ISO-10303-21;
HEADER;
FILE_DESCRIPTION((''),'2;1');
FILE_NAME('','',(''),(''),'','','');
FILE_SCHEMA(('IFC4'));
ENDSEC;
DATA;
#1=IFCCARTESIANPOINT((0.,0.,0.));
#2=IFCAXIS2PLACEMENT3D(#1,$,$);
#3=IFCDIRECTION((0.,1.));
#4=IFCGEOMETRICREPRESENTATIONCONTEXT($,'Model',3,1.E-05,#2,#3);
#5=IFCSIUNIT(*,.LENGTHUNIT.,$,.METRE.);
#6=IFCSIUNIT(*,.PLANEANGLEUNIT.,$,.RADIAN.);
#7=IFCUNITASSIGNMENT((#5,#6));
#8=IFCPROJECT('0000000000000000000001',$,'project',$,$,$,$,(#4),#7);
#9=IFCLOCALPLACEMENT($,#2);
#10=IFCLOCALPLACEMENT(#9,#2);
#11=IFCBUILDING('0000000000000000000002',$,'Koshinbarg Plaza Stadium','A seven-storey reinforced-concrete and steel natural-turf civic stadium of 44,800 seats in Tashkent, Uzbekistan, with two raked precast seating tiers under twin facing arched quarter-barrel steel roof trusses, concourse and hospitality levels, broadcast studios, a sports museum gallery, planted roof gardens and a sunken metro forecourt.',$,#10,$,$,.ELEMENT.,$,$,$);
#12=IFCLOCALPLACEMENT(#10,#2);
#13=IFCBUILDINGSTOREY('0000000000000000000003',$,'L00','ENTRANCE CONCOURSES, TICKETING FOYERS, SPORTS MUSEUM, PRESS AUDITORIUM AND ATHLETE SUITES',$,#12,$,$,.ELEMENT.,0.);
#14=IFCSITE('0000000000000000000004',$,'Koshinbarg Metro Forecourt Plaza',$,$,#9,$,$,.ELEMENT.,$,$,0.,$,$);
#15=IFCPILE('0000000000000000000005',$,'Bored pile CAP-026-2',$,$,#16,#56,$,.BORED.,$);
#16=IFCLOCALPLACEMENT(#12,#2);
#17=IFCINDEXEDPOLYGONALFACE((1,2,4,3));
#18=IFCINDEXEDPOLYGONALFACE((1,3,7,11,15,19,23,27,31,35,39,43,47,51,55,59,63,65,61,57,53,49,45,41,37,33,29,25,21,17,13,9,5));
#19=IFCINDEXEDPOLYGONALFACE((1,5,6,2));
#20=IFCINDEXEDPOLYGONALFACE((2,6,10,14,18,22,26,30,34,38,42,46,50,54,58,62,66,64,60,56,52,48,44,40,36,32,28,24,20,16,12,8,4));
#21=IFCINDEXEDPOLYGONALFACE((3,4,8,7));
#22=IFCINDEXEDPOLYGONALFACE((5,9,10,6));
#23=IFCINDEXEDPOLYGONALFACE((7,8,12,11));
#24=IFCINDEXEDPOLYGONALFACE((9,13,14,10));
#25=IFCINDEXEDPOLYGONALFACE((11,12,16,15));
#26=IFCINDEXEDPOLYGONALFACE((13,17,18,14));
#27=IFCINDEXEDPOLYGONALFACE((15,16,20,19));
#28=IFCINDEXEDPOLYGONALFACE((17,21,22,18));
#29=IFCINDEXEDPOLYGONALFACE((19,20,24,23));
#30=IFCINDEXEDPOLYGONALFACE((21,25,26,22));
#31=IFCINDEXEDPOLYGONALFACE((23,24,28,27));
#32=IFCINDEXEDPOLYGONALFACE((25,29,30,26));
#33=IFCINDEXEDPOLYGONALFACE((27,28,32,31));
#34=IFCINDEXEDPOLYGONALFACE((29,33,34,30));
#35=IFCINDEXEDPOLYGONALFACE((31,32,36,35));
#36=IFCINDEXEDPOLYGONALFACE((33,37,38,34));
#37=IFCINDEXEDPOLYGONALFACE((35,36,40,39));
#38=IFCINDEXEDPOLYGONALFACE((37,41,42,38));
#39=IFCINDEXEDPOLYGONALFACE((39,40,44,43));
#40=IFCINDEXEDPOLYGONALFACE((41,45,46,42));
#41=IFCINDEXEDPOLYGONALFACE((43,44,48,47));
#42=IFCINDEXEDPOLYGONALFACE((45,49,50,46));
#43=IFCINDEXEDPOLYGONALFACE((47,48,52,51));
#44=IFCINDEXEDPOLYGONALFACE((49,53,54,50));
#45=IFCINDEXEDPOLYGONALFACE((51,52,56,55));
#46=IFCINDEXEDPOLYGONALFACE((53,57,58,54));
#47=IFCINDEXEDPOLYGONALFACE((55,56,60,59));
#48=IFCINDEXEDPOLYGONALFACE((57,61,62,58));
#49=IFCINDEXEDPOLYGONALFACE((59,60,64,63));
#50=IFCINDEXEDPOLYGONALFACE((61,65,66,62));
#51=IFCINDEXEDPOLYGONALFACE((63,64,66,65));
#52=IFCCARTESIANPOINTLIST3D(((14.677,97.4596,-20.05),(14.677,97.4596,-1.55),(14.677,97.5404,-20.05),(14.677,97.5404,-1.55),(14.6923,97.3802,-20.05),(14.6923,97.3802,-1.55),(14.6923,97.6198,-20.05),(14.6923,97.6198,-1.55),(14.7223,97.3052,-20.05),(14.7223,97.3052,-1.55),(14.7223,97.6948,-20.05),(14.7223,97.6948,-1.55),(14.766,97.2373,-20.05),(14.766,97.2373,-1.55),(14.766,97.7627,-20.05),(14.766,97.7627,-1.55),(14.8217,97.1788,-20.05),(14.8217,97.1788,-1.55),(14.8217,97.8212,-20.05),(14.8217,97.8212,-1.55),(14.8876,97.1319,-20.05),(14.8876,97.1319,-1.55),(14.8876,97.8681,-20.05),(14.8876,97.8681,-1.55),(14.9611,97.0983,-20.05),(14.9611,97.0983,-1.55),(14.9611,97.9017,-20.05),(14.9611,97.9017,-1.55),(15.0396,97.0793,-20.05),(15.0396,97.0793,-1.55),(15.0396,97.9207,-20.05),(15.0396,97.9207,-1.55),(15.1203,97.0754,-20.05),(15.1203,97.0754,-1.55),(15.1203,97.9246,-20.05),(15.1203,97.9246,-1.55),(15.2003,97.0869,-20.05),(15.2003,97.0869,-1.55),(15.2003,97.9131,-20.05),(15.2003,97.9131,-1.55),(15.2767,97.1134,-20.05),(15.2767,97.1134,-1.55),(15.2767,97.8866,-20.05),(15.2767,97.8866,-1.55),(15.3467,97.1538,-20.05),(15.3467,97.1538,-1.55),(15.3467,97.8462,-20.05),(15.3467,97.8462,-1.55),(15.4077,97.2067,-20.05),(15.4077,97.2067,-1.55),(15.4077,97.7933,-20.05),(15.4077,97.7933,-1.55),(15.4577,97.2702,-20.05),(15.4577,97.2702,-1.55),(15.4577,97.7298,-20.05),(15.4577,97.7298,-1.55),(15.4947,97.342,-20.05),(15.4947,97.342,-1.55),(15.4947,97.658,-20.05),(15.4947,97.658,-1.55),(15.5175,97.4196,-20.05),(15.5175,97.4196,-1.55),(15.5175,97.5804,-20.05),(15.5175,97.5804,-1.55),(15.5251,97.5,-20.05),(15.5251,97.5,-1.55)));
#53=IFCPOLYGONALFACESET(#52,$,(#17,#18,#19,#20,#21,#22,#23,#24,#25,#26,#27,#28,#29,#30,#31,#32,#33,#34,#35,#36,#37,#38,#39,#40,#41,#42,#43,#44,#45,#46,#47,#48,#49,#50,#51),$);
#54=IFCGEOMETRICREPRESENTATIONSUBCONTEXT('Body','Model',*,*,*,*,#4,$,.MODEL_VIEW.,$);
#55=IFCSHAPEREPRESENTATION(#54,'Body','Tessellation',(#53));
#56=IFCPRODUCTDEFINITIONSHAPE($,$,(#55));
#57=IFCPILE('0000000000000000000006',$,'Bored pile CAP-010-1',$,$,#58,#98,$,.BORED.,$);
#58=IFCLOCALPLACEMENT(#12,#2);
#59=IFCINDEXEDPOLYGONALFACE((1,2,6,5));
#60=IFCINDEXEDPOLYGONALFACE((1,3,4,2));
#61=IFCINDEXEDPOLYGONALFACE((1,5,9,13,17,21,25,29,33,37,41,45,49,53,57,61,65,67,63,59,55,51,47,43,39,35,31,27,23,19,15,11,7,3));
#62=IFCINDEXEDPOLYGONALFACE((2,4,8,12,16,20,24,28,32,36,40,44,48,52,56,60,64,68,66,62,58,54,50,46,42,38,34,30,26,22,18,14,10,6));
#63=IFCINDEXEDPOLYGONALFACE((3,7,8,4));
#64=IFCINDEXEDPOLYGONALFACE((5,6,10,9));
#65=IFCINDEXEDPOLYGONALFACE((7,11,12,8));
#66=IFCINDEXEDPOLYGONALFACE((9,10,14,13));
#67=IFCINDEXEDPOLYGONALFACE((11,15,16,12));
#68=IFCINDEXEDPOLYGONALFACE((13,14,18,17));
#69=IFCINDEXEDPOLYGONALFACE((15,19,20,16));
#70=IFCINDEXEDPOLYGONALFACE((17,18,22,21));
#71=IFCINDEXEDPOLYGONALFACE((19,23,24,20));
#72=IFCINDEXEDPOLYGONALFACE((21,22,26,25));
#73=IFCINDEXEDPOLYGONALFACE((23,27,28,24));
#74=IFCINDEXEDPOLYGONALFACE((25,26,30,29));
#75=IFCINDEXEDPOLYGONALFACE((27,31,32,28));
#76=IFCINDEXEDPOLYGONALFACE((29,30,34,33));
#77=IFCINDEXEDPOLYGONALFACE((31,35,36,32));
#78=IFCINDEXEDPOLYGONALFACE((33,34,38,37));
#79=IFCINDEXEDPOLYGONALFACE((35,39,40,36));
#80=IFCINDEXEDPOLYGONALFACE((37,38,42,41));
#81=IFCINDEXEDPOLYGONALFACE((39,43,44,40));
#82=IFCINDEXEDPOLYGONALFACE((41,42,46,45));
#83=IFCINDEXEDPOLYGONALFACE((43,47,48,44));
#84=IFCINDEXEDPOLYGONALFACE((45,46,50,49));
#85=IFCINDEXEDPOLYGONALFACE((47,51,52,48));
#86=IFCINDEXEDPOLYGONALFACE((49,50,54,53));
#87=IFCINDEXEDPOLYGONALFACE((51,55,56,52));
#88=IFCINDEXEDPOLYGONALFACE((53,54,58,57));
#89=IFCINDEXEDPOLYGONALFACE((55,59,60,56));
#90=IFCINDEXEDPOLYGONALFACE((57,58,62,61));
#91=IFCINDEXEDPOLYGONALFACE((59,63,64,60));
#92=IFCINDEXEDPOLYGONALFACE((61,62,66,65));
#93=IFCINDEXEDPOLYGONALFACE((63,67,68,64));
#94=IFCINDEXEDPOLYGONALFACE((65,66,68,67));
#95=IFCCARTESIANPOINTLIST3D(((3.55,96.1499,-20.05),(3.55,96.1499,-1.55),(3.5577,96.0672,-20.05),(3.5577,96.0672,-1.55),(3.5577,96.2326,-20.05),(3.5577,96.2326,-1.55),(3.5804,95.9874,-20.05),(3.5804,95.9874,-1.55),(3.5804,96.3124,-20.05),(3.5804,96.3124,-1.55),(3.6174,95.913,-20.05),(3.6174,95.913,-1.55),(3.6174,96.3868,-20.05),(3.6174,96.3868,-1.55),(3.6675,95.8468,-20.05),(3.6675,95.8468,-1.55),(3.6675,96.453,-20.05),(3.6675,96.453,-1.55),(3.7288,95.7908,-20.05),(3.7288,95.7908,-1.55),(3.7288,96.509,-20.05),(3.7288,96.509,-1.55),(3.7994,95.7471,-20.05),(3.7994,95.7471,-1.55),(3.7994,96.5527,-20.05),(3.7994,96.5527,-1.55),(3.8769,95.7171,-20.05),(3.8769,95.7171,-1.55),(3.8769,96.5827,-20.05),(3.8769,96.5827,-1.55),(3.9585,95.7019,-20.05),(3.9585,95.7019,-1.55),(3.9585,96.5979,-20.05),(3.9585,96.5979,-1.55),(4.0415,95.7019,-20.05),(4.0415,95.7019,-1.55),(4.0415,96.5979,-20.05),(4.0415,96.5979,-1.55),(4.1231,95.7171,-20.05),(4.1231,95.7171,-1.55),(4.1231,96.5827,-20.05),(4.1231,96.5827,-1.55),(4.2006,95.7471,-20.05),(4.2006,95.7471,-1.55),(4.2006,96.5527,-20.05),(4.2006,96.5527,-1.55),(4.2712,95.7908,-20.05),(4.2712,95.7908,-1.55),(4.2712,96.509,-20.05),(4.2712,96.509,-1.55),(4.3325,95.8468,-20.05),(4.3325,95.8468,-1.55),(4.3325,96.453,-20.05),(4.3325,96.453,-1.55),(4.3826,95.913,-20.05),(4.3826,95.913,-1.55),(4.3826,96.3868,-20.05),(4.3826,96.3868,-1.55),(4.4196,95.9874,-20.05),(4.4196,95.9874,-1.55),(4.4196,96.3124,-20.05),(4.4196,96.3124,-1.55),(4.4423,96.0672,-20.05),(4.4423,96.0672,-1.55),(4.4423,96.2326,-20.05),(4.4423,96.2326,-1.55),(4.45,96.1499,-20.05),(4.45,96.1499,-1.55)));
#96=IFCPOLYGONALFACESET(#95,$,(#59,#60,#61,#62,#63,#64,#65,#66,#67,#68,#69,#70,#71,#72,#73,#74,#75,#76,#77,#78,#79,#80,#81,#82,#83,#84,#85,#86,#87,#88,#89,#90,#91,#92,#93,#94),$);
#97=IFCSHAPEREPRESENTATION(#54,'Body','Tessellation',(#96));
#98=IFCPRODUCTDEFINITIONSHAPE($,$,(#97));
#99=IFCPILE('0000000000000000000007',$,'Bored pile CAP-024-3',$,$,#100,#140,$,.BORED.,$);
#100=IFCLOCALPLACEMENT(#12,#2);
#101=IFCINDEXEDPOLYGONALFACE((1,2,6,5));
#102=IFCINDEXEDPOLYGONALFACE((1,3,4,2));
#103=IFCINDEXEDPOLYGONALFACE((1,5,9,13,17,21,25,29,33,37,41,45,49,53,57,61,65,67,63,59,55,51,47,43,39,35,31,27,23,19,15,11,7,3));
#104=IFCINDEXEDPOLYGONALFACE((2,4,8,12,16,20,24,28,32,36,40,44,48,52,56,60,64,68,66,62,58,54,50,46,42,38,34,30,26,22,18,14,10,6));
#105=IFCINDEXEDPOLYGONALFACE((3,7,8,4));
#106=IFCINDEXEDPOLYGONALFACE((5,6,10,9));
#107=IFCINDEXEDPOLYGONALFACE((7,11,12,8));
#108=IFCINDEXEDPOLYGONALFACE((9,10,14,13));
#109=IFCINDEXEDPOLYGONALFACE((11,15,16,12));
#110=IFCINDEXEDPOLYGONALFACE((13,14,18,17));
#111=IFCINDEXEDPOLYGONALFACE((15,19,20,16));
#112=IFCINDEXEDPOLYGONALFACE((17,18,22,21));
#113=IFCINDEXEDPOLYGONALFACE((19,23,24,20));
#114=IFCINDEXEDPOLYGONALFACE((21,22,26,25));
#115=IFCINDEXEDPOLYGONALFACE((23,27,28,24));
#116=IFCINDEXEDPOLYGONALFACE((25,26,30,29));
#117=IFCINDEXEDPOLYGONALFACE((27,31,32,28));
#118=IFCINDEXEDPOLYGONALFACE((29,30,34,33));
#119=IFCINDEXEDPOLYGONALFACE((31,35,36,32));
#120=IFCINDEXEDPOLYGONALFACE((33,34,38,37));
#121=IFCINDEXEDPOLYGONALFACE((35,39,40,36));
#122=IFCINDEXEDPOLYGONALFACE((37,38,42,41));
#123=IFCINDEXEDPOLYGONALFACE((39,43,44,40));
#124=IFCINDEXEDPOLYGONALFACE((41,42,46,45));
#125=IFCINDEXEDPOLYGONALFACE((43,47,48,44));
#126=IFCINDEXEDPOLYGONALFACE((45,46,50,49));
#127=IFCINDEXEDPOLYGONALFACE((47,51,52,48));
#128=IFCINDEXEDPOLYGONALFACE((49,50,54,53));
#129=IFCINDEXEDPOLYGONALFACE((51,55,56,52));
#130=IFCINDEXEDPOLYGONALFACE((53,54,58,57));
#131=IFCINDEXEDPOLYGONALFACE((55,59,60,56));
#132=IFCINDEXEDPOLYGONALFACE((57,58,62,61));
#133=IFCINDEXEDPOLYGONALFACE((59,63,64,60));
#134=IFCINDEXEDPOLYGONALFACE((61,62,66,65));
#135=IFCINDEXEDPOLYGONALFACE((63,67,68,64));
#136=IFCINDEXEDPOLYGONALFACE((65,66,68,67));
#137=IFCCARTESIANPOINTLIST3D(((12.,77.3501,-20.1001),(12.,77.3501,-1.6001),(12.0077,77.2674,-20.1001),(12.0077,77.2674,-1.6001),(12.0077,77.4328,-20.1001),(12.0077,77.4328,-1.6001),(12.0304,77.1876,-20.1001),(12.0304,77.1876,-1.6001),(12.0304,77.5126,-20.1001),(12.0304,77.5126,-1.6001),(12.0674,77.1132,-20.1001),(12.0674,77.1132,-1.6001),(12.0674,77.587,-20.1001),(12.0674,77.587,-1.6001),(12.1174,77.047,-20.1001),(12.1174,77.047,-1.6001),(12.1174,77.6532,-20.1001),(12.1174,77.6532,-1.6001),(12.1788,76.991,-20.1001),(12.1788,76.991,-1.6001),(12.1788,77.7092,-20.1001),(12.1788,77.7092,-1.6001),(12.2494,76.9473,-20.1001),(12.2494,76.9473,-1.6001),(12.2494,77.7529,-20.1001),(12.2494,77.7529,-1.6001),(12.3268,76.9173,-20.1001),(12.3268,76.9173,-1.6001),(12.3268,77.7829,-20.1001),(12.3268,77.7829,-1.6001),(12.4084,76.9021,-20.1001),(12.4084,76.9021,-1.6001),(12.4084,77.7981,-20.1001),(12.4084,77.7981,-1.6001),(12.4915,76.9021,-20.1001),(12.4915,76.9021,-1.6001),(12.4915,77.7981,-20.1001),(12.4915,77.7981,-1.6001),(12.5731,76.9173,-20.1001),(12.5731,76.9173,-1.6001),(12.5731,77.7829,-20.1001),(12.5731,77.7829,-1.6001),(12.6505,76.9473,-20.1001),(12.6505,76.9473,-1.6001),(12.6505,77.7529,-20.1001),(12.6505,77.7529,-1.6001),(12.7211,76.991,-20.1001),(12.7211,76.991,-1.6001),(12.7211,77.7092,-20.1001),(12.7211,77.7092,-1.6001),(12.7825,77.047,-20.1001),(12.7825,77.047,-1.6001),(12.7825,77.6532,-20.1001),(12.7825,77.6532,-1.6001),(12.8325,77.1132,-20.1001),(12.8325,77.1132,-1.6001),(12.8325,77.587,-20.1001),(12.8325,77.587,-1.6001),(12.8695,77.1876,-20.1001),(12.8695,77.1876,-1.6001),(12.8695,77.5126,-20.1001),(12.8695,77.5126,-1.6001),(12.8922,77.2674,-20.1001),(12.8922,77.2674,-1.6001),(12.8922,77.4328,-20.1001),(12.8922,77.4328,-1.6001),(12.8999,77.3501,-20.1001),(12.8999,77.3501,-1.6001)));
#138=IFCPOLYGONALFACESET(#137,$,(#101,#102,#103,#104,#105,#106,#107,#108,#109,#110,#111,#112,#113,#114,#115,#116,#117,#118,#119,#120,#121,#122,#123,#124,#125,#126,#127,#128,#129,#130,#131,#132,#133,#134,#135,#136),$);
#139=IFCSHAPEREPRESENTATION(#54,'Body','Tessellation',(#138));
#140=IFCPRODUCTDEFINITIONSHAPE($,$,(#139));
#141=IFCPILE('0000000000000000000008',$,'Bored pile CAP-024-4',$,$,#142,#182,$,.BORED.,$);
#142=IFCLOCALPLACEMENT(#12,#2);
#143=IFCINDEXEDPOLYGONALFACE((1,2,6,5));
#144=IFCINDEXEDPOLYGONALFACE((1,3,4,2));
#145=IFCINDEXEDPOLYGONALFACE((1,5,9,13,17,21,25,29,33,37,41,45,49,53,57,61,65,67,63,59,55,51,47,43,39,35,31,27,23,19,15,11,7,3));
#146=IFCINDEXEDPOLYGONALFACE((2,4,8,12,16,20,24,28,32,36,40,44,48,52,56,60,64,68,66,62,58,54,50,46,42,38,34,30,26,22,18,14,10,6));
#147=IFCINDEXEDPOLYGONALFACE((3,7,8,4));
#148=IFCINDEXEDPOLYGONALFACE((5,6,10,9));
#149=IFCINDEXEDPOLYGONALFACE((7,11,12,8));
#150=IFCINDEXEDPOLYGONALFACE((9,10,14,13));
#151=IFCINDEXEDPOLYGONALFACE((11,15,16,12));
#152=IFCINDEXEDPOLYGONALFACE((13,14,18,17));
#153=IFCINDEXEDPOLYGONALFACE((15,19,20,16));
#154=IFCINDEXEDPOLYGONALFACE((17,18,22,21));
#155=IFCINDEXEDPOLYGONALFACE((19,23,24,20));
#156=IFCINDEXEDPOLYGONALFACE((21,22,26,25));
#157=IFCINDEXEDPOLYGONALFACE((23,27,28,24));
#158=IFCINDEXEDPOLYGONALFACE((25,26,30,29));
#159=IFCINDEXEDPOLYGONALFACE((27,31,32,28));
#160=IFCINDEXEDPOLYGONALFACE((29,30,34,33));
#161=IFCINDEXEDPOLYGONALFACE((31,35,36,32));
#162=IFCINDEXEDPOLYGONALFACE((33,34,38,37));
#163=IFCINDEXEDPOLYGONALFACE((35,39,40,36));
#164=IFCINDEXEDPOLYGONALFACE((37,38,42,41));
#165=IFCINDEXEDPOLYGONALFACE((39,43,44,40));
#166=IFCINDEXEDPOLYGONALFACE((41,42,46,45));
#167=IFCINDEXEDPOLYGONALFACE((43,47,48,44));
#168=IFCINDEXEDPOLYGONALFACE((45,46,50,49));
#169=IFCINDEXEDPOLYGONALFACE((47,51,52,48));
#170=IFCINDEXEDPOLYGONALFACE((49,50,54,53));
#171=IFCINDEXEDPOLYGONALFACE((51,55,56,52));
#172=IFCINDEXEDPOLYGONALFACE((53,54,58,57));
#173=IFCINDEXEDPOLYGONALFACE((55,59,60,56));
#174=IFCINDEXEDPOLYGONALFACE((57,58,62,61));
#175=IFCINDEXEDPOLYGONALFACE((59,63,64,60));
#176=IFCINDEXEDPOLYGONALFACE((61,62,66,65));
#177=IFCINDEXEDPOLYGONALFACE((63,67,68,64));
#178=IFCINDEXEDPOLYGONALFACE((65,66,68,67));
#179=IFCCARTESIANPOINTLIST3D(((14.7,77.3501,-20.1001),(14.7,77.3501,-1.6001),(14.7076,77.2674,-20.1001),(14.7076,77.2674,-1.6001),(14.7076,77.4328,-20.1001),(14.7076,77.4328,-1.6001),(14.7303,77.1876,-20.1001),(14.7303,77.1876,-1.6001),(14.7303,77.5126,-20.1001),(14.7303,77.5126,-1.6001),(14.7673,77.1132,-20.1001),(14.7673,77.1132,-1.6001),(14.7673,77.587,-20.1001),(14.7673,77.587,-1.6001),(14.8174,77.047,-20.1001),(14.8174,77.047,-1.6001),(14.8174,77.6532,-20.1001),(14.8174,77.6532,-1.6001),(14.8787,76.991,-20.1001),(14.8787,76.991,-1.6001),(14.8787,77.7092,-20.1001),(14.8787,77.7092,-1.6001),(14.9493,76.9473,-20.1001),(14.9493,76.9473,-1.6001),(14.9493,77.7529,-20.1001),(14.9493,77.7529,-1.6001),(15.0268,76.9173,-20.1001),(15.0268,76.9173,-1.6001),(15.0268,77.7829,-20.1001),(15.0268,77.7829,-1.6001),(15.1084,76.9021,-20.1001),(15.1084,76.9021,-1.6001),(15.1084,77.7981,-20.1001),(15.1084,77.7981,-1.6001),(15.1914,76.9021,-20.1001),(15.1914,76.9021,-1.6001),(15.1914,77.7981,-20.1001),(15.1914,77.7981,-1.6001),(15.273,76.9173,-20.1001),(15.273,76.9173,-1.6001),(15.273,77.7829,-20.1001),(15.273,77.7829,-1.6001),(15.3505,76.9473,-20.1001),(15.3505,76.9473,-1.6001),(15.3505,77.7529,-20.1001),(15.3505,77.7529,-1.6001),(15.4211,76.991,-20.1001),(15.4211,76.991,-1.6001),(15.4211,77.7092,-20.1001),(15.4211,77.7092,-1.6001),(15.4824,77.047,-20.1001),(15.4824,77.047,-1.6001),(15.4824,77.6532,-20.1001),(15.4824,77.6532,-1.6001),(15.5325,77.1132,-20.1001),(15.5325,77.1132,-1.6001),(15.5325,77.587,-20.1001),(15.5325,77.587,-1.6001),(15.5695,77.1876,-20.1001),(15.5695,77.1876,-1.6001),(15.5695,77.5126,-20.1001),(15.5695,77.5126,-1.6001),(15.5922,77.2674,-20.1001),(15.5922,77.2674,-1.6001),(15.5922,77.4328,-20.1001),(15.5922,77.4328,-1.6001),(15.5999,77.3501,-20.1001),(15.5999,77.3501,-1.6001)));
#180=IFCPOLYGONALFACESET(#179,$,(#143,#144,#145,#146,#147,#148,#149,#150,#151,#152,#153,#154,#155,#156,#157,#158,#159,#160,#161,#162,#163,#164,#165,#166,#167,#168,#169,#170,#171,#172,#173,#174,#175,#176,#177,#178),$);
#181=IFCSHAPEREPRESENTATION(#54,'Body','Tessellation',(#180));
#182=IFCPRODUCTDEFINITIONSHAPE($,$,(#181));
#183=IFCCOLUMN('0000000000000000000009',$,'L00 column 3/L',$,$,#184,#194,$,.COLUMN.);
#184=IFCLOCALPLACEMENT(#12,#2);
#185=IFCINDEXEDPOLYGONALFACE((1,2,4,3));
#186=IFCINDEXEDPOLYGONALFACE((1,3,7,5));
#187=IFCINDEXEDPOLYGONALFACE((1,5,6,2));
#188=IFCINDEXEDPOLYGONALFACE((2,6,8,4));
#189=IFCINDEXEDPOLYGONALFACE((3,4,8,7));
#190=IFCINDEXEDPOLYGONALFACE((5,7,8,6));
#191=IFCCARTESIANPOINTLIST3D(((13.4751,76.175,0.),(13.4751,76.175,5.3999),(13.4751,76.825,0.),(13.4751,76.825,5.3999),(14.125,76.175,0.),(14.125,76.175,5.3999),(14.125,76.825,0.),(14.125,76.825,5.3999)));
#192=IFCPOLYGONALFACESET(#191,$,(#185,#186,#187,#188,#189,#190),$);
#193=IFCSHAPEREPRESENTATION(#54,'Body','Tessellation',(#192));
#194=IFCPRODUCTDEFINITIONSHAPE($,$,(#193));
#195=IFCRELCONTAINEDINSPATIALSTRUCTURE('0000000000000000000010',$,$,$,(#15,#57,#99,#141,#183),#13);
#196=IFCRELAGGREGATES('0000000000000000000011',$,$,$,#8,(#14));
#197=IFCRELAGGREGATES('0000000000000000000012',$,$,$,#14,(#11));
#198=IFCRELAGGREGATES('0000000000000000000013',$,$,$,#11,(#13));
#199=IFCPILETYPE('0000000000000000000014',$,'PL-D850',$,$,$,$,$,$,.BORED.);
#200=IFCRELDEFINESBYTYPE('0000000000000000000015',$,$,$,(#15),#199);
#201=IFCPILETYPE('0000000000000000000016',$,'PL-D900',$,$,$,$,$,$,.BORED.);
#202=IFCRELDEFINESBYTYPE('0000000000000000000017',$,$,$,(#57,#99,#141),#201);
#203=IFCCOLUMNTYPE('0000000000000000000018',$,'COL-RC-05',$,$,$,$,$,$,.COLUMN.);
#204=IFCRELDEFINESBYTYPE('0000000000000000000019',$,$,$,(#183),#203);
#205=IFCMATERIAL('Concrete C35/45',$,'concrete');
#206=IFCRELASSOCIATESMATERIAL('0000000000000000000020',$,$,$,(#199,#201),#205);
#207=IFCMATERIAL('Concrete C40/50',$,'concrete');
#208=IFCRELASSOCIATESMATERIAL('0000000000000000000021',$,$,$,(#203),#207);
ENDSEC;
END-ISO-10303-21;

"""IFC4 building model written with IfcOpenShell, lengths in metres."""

from ifc_helpers import new_model, si_unit, direction, frame, origin, origin_2d, place, context, subcontext, project, spatial, rectangle, circle, extrude, material, material_profile, profile_set, type_object, element, save


model = new_model("IFC4")

# Units and contexts
model_context = context("Model", 3, precision=1e-05, world=origin(), true_north=direction((0.0, 1.0)))
body_context = subcontext(model_context, "Body", "Model", "MODEL_VIEW")
ifc_project = project(units=[si_unit("LENGTHUNIT", "METRE"), si_unit("PLANEANGLEUNIT", "RADIAN")], contexts=[model_context])

# Site, building, storey
site_placement = place(None, origin())
site = spatial("IfcSite", under=ifc_project, at=site_placement, Name="Koshinbarg Metro Forecourt Plaza", CompositionType="ELEMENT", RefElevation=0.0)
building_placement = place(site_placement, origin())
building = spatial("IfcBuilding", under=site, at=building_placement, Name="Koshinbarg Plaza Stadium", Description="A seven-storey reinforced-concrete and steel natural-turf civic stadium of 44,800 seats in Tashkent, Uzbekistan, with two raked precast seating tiers under twin facing arched quarter-barrel steel roof trusses, concourse and hospitality levels, broadcast studios, a sports museum gallery, planted roof gardens and a sunken metro forecourt.", CompositionType="ELEMENT")
storey_placement = place(building_placement, origin())
storey = spatial("IfcBuildingStorey", under=building, at=storey_placement, Name="L00", Description="ENTRANCE CONCOURSES, TICKETING FOYERS, SPORTS MUSEUM, PRESS AUDITORIUM AND ATHLETE SUITES", CompositionType="ELEMENT", Elevation=0.0)

# Shared definitions
ifc_material_1 = material(Name="Concrete C35/45", Category="concrete")

# Piles
ifc_material_profile_1 = material_profile(ifc_material_1, circle(Radius=0.425, at=origin_2d()), Name="PILE D850")
ifc_profile_set_1 = profile_set([ifc_material_profile_1], Name="Concrete C35/45")
pile_type_1 = type_object("IfcPileType", Name="PL-D850", PredefinedType="BORED", material=ifc_profile_set_1)
for number, where, z_axis, x_axis, name in (
    (1, (15.1001, 97.5, -1.55), (0.0, 0.0, -1.0), (1.0, 0.0, 0.0), "Bored pile CAP-026-2"),
):
    element("IfcPile", number, at=place(storey_placement, frame(where, z_axis=z_axis, x_axis=x_axis)), inside=storey, type_object=pile_type_1, Name=name, PredefinedType="BORED", context=body_context, shape_type="SweptSolid", body=[
        extrude(circle(Radius=0.425, at=origin_2d()), origin(), (0.0, 0.0, 1.0), 18.5),
    ])
ifc_material_profile_2 = material_profile(ifc_material_1, circle(Radius=0.45, at=origin_2d()), Name="PILE D900")
ifc_profile_set_2 = profile_set([ifc_material_profile_2], Name="Concrete C35/45")
pile_type_2 = type_object("IfcPileType", Name="PL-D900", PredefinedType="BORED", material=ifc_profile_set_2)
for number, where, z_axis, x_axis, name in (
    (2, (4.0, 96.1499, -1.55), (0.0, 0.0, -1.0), (1.0, 0.0, 0.0), "Bored pile CAP-010-1"),
    (3, (12.45, 77.3501, -1.6001), (0.0, 0.0, -1.0), (1.0, 0.0, 0.0), "Bored pile CAP-024-3"),
    (4, (15.1499, 77.3501, -1.6001), (0.0, 0.0, -1.0), (1.0, 0.0, 0.0), "Bored pile CAP-024-4"),
):
    element("IfcPile", number, at=place(storey_placement, frame(where, z_axis=z_axis, x_axis=x_axis)), inside=storey, type_object=pile_type_2, Name=name, PredefinedType="BORED", context=body_context, shape_type="SweptSolid", body=[
        extrude(circle(Radius=0.45, at=origin_2d()), origin(), (0.0, 0.0, 1.0), 18.5),
    ])

# Column
ifc_material_2 = material(Name="Concrete C40/50", Category="concrete")
ifc_material_profile_3 = material_profile(ifc_material_2, rectangle(XDim=0.6499, YDim=0.6499, at=origin_2d()), Name="RC 650x650")
ifc_profile_set_3 = profile_set([ifc_material_profile_3], Name="Concrete C40/50")
column_type_1 = type_object("IfcColumnType", Name="COL-RC-05", PredefinedType="COLUMN", material=ifc_profile_set_3)
column_1_placement = place(storey_placement, frame((13.8, 76.5, 0.0), z_axis=(0.0, 0.0, 1.0), x_axis=(1.0, 0.0, 0.0)))
element("IfcColumn", 5, at=column_1_placement, inside=storey, type_object=column_type_1, Name="L00 column 3/L", PredefinedType="COLUMN", context=body_context, shape_type="SweptSolid", body=[
    extrude(rectangle(XDim=0.6499, YDim=0.6499, at=origin_2d()), origin(), (0.0, 0.0, 1.0), 5.3999),
])

save(model, "model.ifc")
